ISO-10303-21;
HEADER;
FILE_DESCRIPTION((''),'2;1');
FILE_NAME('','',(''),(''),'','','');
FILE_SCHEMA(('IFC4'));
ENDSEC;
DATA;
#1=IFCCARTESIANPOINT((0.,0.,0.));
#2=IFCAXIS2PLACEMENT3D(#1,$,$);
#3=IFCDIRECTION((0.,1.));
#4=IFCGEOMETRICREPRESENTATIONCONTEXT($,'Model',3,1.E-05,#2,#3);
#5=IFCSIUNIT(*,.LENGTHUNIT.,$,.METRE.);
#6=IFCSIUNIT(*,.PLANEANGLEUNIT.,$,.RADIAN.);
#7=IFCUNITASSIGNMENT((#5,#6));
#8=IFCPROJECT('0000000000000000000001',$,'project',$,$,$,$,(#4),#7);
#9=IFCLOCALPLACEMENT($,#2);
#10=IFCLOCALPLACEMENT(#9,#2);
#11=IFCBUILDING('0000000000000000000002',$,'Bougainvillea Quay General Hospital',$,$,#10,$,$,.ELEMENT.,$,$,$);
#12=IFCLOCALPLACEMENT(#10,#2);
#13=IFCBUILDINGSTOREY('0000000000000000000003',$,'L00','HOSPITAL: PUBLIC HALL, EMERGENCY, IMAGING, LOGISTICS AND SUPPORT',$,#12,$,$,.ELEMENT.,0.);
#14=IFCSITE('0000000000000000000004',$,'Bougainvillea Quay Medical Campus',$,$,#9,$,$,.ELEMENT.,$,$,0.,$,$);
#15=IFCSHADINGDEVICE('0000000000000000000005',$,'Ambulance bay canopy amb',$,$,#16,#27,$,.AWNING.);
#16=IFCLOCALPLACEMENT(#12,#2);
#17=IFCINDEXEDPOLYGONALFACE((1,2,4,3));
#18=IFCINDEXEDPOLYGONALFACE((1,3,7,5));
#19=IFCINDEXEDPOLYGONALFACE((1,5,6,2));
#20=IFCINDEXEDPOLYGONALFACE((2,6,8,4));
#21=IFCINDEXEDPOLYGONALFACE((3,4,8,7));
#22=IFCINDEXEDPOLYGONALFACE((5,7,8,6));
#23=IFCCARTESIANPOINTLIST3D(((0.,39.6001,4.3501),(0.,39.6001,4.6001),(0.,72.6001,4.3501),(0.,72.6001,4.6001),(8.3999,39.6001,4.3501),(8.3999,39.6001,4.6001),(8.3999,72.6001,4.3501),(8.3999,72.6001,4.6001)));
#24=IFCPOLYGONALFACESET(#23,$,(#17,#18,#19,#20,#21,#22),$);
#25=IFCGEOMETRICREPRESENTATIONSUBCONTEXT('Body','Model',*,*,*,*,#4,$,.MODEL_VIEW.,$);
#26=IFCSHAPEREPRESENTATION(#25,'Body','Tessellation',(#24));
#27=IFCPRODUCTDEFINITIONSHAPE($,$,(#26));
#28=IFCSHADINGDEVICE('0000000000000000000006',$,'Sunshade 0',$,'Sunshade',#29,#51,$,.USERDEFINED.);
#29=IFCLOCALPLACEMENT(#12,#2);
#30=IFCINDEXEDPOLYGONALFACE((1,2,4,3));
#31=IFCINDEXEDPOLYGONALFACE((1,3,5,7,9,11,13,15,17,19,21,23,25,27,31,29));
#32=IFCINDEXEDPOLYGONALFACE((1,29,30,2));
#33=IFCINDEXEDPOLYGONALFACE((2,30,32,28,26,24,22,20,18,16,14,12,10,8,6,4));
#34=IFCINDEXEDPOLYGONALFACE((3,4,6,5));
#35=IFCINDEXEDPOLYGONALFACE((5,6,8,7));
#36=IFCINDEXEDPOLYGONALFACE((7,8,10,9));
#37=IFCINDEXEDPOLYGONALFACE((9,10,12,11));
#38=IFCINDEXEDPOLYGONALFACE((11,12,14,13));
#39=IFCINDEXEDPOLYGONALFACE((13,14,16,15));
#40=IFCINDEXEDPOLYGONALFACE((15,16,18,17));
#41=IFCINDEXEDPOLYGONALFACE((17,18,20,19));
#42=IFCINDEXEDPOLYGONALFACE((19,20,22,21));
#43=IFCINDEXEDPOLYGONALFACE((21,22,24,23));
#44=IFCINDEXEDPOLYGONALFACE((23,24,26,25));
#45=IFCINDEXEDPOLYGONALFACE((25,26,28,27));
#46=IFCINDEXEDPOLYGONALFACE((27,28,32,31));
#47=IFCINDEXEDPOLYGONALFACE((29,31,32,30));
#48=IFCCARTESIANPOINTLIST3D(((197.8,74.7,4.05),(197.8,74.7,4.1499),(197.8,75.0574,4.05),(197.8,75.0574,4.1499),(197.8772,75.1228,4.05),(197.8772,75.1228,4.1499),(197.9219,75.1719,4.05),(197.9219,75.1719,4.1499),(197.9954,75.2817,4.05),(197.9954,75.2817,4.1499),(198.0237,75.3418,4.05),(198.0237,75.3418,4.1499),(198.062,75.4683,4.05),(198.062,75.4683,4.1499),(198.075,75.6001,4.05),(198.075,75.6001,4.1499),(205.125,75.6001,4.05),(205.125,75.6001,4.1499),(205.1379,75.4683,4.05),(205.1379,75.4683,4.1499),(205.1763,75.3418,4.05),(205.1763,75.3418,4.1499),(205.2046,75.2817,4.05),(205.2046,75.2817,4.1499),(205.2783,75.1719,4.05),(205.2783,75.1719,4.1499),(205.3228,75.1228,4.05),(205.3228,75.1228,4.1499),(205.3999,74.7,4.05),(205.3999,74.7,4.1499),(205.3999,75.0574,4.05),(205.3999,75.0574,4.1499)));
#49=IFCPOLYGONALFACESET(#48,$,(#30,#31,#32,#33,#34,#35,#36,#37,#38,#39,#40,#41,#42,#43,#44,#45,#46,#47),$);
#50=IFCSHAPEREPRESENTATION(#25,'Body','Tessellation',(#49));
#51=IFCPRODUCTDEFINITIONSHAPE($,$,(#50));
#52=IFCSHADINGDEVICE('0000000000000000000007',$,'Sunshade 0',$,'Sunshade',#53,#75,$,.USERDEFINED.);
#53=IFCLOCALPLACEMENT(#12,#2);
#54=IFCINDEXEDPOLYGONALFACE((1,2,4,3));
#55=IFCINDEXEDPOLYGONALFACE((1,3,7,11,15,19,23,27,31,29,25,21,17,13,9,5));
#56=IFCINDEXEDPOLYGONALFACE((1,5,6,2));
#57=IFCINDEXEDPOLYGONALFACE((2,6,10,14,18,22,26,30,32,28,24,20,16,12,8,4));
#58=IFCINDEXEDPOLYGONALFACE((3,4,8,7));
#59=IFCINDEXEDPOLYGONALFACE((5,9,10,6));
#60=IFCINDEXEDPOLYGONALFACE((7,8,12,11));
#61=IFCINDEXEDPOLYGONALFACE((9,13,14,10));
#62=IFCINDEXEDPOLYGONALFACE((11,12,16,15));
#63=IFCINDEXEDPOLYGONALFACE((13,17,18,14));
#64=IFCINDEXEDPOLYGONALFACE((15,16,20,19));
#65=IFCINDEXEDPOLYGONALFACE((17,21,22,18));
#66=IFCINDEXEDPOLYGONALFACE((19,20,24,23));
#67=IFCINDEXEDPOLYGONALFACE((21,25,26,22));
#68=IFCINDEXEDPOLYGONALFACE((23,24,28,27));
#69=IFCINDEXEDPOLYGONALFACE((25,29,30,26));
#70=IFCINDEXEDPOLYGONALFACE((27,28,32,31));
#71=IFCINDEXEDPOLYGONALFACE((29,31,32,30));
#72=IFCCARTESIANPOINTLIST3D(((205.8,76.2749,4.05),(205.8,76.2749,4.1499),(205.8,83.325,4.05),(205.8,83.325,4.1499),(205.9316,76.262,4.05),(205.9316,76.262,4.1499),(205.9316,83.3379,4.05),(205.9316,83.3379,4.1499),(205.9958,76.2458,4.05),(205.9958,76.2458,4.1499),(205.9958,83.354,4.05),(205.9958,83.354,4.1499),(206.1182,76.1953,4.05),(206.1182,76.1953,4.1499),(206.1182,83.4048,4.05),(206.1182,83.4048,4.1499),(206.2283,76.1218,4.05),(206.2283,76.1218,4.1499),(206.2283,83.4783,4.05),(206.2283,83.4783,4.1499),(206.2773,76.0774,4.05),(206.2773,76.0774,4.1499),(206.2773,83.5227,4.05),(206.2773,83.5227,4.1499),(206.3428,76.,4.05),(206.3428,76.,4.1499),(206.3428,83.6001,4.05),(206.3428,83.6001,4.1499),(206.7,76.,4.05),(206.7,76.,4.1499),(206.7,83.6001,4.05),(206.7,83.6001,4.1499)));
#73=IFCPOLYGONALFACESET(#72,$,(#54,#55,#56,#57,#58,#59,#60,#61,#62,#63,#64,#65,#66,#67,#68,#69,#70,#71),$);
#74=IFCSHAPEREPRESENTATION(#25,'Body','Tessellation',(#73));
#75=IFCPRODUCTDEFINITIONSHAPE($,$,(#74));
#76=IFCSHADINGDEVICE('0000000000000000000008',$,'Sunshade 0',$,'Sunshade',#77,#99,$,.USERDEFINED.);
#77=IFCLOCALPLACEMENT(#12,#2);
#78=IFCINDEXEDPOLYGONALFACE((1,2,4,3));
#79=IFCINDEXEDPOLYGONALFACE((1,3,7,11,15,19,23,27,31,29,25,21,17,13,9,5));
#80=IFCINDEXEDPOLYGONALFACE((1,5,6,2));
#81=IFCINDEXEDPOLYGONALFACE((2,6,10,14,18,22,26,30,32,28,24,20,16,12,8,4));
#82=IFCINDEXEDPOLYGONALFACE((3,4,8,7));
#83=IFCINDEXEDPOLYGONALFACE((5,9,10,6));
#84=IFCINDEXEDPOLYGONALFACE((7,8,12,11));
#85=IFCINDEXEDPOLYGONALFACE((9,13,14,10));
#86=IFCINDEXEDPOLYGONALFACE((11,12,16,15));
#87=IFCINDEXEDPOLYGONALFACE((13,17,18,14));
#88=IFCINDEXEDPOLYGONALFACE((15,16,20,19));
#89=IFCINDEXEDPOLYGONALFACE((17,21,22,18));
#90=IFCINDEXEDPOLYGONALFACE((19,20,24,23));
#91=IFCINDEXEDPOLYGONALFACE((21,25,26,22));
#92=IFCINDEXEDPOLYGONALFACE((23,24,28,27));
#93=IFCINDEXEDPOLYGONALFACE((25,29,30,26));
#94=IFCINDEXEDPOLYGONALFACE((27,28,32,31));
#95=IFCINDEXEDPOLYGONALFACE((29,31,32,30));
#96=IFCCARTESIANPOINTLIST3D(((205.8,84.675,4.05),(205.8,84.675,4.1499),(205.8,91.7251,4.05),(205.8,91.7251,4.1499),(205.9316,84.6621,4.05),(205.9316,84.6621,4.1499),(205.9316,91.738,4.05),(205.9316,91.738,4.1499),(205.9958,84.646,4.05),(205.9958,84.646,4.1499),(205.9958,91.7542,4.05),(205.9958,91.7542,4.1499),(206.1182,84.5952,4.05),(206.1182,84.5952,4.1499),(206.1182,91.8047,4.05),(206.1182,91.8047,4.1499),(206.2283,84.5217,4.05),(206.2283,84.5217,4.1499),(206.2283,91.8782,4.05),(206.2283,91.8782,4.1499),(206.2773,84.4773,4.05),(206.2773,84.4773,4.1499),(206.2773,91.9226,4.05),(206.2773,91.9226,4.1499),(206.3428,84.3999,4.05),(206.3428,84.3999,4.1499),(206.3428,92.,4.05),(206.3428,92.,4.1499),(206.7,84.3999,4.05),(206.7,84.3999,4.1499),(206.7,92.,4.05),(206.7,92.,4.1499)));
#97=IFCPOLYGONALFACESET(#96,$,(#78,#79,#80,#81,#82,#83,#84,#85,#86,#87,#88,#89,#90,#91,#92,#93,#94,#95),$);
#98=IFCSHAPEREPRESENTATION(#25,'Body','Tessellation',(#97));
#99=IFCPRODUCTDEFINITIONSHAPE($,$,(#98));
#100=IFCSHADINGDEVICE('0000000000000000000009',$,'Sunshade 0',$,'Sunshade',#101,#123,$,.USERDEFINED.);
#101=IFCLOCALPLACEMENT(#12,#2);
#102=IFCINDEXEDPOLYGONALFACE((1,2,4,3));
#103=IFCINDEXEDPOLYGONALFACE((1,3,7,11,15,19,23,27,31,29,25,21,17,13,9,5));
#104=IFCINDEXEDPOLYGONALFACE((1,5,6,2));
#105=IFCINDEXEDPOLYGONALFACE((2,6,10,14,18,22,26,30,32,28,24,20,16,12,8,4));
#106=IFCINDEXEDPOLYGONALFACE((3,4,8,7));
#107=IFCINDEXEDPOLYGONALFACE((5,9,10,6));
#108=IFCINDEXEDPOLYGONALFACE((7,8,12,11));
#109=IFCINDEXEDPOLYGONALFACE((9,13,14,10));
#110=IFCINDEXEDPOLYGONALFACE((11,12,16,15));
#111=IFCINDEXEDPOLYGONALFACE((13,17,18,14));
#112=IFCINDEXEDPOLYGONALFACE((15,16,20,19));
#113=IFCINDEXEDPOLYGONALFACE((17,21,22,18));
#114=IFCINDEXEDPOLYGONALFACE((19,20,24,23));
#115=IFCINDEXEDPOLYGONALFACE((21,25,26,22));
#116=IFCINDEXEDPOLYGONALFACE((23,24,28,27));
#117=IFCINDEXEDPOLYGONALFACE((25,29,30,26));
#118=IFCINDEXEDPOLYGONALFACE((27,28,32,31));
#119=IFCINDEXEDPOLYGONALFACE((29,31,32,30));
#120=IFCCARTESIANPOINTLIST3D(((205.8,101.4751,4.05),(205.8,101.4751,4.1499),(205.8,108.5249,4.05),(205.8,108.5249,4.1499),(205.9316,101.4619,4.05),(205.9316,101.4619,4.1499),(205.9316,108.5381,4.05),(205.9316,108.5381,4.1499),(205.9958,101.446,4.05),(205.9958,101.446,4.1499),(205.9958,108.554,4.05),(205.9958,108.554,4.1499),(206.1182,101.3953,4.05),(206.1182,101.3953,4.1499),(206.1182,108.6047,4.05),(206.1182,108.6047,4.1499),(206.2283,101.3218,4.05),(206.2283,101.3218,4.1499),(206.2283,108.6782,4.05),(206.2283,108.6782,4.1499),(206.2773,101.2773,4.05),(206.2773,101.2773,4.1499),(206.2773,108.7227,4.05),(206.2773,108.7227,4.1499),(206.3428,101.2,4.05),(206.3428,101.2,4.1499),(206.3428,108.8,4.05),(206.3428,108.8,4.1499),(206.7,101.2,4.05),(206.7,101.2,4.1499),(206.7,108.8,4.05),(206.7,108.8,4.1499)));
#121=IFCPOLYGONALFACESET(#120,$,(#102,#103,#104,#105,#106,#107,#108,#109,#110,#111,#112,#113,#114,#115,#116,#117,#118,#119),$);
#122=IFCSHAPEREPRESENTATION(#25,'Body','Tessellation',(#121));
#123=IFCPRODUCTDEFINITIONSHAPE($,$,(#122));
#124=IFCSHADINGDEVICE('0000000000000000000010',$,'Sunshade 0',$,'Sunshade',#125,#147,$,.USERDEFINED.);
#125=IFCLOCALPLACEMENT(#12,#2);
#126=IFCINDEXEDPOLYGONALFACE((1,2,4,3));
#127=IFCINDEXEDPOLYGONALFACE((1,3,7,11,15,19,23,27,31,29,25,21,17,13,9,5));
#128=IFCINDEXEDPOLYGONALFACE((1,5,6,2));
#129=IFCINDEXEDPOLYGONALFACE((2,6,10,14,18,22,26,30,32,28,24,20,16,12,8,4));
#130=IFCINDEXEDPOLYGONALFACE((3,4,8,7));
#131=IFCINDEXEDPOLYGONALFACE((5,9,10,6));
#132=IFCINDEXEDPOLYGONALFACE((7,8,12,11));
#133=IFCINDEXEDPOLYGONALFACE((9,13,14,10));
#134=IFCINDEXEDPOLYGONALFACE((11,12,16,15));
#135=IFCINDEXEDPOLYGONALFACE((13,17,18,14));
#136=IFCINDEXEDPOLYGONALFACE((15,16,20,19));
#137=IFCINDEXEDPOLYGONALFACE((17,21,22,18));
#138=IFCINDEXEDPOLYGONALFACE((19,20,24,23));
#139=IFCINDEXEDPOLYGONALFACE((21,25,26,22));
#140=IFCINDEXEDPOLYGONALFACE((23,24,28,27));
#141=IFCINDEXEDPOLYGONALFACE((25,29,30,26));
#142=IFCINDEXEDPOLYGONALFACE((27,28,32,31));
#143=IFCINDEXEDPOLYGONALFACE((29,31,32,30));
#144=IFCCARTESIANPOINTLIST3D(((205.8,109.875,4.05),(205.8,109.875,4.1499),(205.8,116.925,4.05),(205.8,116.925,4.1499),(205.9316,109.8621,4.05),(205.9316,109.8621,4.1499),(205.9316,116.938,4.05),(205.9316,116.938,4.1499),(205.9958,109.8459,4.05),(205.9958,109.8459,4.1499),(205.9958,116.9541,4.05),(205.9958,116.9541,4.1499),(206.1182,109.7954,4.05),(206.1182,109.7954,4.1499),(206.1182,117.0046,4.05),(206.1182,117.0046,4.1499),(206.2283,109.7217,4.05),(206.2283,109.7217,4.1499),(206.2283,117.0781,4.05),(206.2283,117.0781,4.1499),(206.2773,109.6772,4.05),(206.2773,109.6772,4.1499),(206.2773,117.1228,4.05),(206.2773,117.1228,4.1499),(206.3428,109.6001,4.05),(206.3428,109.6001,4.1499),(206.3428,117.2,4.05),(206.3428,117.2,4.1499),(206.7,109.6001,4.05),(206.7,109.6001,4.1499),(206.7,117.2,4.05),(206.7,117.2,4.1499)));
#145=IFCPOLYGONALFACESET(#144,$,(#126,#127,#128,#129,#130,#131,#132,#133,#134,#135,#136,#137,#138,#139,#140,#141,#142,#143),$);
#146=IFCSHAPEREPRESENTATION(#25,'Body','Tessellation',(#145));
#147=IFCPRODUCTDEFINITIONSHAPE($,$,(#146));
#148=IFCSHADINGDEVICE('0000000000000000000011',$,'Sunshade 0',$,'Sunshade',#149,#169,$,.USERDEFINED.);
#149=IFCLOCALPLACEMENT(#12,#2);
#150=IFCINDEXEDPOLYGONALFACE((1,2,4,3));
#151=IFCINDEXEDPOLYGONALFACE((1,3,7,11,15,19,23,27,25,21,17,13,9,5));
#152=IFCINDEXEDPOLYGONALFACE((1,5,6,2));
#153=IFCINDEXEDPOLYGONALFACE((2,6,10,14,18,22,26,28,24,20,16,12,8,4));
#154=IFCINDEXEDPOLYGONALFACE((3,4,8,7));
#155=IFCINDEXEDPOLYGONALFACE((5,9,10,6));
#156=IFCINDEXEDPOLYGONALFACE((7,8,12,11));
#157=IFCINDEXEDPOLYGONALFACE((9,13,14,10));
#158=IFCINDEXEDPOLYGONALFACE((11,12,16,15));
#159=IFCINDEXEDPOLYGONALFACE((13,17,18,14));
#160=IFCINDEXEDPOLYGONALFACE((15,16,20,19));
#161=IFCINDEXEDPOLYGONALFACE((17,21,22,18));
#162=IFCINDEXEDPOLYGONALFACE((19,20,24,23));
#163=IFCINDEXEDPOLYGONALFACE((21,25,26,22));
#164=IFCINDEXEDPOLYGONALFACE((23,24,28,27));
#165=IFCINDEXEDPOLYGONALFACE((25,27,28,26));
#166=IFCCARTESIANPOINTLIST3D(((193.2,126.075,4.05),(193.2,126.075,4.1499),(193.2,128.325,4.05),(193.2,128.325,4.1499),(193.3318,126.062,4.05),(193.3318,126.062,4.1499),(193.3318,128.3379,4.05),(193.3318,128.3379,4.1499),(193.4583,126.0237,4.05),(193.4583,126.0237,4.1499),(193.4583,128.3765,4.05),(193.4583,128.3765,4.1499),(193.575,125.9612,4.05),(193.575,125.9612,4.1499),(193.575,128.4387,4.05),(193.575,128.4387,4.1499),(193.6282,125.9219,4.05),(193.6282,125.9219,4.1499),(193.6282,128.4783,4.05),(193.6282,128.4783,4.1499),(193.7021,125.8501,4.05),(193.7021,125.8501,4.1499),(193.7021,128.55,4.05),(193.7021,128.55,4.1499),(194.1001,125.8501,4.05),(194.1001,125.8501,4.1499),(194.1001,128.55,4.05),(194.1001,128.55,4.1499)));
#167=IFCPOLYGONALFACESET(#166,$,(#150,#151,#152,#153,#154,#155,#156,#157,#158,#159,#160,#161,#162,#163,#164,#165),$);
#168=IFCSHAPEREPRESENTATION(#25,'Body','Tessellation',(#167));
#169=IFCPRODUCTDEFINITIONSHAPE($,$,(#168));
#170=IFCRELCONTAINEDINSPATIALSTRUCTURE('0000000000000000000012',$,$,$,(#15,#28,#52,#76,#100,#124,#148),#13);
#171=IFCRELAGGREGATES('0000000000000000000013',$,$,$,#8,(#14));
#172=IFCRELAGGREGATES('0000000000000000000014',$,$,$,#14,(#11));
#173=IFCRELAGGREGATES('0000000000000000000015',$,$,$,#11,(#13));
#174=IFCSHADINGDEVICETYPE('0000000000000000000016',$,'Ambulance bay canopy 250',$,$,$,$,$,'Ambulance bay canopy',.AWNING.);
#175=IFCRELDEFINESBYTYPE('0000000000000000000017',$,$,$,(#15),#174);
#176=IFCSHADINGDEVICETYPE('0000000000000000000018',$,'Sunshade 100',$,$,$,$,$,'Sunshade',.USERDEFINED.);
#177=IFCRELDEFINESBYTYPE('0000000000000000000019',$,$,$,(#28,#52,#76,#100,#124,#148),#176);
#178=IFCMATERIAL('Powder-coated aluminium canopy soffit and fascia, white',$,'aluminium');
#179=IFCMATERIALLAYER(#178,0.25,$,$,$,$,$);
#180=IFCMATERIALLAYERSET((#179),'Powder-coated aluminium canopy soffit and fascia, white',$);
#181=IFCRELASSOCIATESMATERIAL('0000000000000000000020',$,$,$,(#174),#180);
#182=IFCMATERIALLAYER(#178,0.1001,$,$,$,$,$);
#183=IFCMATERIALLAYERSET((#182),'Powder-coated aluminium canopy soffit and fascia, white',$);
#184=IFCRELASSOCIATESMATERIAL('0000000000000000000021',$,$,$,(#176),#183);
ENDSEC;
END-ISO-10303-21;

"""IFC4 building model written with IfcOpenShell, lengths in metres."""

from ifc_helpers import new_model, si_unit, direction, frame, origin, place, context, subcontext, project, spatial, polyline, outline, extrude, material, layer, layer_set, type_object, element, save


model = new_model("IFC4")

# Units and contexts
model_context = context("Model", 3, precision=1e-05, world=origin(), true_north=direction((0.0, 1.0)))
body_context = subcontext(model_context, "Body", "Model", "MODEL_VIEW")
ifc_project = project(units=[si_unit("LENGTHUNIT", "METRE"), si_unit("PLANEANGLEUNIT", "RADIAN")], contexts=[model_context])

# Site, building, storey
site_placement = place(None, origin())
site = spatial("IfcSite", under=ifc_project, at=site_placement, Name="Bougainvillea Quay Medical Campus", CompositionType="ELEMENT", RefElevation=0.0)
building_placement = place(site_placement, origin())
building = spatial("IfcBuilding", under=site, at=building_placement, Name="Bougainvillea Quay General Hospital", CompositionType="ELEMENT")
storey_placement = place(building_placement, origin())
storey = spatial("IfcBuildingStorey", under=building, at=storey_placement, Name="L00", Description="HOSPITAL: PUBLIC HALL, EMERGENCY, IMAGING, LOGISTICS AND SUPPORT", CompositionType="ELEMENT", Elevation=0.0)

# Shading devices
ifc_material = material(Name="Powder-coated aluminium canopy soffit and fascia, white", Category="aluminium")
ifc_layer_1 = layer(ifc_material, 0.25)
ifc_layer_set_1 = layer_set([ifc_layer_1], Name="Powder-coated aluminium canopy soffit and fascia, white")
shading_device_type_1 = type_object("IfcShadingDeviceType", Name="Ambulance bay canopy 250", ElementType="Ambulance bay canopy", PredefinedType="AWNING", material=ifc_layer_set_1)
shading_device_1_placement = place(storey_placement, frame((0.0, 0.0, 4.3501)))
element("IfcShadingDevice", 1, at=shading_device_1_placement, inside=storey, type_object=shading_device_type_1, Name="Ambulance bay canopy amb", PredefinedType="AWNING", context=body_context, shape_type="SweptSolid", body=[
    extrude(outline(polyline([(0.0, 39.6001), (8.3999, 39.6001), (8.3999, 72.6001), (0.0, 72.6001), (0.0, 39.6001)])), origin(), (0.0, 0.0, 1.0), 0.25),
])
ifc_layer_2 = layer(ifc_material, 0.1001)
ifc_layer_set_2 = layer_set([ifc_layer_2], Name="Powder-coated aluminium canopy soffit and fascia, white")
shading_device_type_2 = type_object("IfcShadingDeviceType", Name="Sunshade 100", ElementType="Sunshade", PredefinedType="USERDEFINED", material=ifc_layer_set_2)
shading_device_2_placement = place(storey_placement, frame((0.0, 0.0, 4.05)))
element("IfcShadingDevice", 2, at=shading_device_2_placement, inside=storey, type_object=shading_device_type_2, Name="Sunshade 0", ObjectType="Sunshade", PredefinedType="USERDEFINED", context=body_context, shape_type="SweptSolid", body=[
    extrude(outline(polyline([(205.125, 75.6001), (198.075, 75.6001), (198.062, 75.4683), (198.0237, 75.3418), (197.9954, 75.2817), (197.9219, 75.1719), (197.8772, 75.1228), (197.8, 75.0574), (197.8, 74.7), (205.3999, 74.7), (205.3999, 75.0574), (205.3228, 75.1228), (205.2783, 75.1719), (205.2046, 75.2817), (205.1763, 75.3418), (205.1379, 75.4683), (205.125, 75.6001)])), origin(), (0.0, 0.0, 1.0), 0.0999),
])
shading_device_3_placement = place(storey_placement, frame((0.0, 0.0, 4.05)))
element("IfcShadingDevice", 3, at=shading_device_3_placement, inside=storey, type_object=shading_device_type_2, Name="Sunshade 0", ObjectType="Sunshade", PredefinedType="USERDEFINED", context=body_context, shape_type="SweptSolid", body=[
    extrude(outline(polyline([(205.8, 83.325), (205.8, 76.2749), (205.9316, 76.262), (205.9958, 76.2458), (206.1182, 76.1953), (206.2283, 76.1218), (206.2773, 76.0774), (206.3428, 76.0), (206.7, 76.0), (206.7, 83.6001), (206.3428, 83.6001), (206.2773, 83.5227), (206.2283, 83.4783), (206.1182, 83.4048), (205.9958, 83.354), (205.9316, 83.3379), (205.8, 83.325)])), origin(), (0.0, 0.0, 1.0), 0.0999),
])
shading_device_4_placement = place(storey_placement, frame((0.0, 0.0, 4.05)))
element("IfcShadingDevice", 4, at=shading_device_4_placement, inside=storey, type_object=shading_device_type_2, Name="Sunshade 0", ObjectType="Sunshade", PredefinedType="USERDEFINED", context=body_context, shape_type="SweptSolid", body=[
    extrude(outline(polyline([(205.8, 91.7251), (205.8, 84.675), (205.9316, 84.6621), (205.9958, 84.646), (206.1182, 84.5952), (206.2283, 84.5217), (206.2773, 84.4773), (206.3428, 84.3999), (206.7, 84.3999), (206.7, 92.0), (206.3428, 92.0), (206.2773, 91.9226), (206.2283, 91.8782), (206.1182, 91.8047), (205.9958, 91.7542), (205.9316, 91.738), (205.8, 91.7251)])), origin(), (0.0, 0.0, 1.0), 0.0999),
])
shading_device_5_placement = place(storey_placement, frame((0.0, 0.0, 4.05)))
element("IfcShadingDevice", 5, at=shading_device_5_placement, inside=storey, type_object=shading_device_type_2, Name="Sunshade 0", ObjectType="Sunshade", PredefinedType="USERDEFINED", context=body_context, shape_type="SweptSolid", body=[
    extrude(outline(polyline([(205.8, 108.5249), (205.8, 101.4751), (205.9316, 101.4619), (205.9958, 101.446), (206.1182, 101.3953), (206.2283, 101.3218), (206.2773, 101.2773), (206.3428, 101.2), (206.7, 101.2), (206.7, 108.8), (206.3428, 108.8), (206.2773, 108.7227), (206.2283, 108.6782), (206.1182, 108.6047), (205.9958, 108.554), (205.9316, 108.5381), (205.8, 108.5249)])), origin(), (0.0, 0.0, 1.0), 0.0999),
])
shading_device_6_placement = place(storey_placement, frame((0.0, 0.0, 4.05)))
element("IfcShadingDevice", 6, at=shading_device_6_placement, inside=storey, type_object=shading_device_type_2, Name="Sunshade 0", ObjectType="Sunshade", PredefinedType="USERDEFINED", context=body_context, shape_type="SweptSolid", body=[
    extrude(outline(polyline([(205.8, 116.925), (205.8, 109.875), (205.9316, 109.8621), (205.9958, 109.8459), (206.1182, 109.7954), (206.2283, 109.7217), (206.2773, 109.6772), (206.3428, 109.6001), (206.7, 109.6001), (206.7, 117.2), (206.3428, 117.2), (206.2773, 117.1228), (206.2283, 117.0781), (206.1182, 117.0046), (205.9958, 116.9541), (205.9316, 116.938), (205.8, 116.925)])), origin(), (0.0, 0.0, 1.0), 0.0999),
])
shading_device_7_placement = place(storey_placement, frame((0.0, 0.0, 4.05)))
element("IfcShadingDevice", 7, at=shading_device_7_placement, inside=storey, type_object=shading_device_type_2, Name="Sunshade 0", ObjectType="Sunshade", PredefinedType="USERDEFINED", context=body_context, shape_type="SweptSolid", body=[
    extrude(outline(polyline([(193.2, 128.325), (193.2, 126.075), (193.3318, 126.062), (193.4583, 126.0237), (193.575, 125.9612), (193.6282, 125.9219), (193.7021, 125.8501), (194.1001, 125.8501), (194.1001, 128.55), (193.7021, 128.55), (193.6282, 128.4783), (193.575, 128.4387), (193.4583, 128.3765), (193.3318, 128.3379), (193.2, 128.325)])), origin(), (0.0, 0.0, 1.0), 0.0999),
])

save(model, "model.ifc")
